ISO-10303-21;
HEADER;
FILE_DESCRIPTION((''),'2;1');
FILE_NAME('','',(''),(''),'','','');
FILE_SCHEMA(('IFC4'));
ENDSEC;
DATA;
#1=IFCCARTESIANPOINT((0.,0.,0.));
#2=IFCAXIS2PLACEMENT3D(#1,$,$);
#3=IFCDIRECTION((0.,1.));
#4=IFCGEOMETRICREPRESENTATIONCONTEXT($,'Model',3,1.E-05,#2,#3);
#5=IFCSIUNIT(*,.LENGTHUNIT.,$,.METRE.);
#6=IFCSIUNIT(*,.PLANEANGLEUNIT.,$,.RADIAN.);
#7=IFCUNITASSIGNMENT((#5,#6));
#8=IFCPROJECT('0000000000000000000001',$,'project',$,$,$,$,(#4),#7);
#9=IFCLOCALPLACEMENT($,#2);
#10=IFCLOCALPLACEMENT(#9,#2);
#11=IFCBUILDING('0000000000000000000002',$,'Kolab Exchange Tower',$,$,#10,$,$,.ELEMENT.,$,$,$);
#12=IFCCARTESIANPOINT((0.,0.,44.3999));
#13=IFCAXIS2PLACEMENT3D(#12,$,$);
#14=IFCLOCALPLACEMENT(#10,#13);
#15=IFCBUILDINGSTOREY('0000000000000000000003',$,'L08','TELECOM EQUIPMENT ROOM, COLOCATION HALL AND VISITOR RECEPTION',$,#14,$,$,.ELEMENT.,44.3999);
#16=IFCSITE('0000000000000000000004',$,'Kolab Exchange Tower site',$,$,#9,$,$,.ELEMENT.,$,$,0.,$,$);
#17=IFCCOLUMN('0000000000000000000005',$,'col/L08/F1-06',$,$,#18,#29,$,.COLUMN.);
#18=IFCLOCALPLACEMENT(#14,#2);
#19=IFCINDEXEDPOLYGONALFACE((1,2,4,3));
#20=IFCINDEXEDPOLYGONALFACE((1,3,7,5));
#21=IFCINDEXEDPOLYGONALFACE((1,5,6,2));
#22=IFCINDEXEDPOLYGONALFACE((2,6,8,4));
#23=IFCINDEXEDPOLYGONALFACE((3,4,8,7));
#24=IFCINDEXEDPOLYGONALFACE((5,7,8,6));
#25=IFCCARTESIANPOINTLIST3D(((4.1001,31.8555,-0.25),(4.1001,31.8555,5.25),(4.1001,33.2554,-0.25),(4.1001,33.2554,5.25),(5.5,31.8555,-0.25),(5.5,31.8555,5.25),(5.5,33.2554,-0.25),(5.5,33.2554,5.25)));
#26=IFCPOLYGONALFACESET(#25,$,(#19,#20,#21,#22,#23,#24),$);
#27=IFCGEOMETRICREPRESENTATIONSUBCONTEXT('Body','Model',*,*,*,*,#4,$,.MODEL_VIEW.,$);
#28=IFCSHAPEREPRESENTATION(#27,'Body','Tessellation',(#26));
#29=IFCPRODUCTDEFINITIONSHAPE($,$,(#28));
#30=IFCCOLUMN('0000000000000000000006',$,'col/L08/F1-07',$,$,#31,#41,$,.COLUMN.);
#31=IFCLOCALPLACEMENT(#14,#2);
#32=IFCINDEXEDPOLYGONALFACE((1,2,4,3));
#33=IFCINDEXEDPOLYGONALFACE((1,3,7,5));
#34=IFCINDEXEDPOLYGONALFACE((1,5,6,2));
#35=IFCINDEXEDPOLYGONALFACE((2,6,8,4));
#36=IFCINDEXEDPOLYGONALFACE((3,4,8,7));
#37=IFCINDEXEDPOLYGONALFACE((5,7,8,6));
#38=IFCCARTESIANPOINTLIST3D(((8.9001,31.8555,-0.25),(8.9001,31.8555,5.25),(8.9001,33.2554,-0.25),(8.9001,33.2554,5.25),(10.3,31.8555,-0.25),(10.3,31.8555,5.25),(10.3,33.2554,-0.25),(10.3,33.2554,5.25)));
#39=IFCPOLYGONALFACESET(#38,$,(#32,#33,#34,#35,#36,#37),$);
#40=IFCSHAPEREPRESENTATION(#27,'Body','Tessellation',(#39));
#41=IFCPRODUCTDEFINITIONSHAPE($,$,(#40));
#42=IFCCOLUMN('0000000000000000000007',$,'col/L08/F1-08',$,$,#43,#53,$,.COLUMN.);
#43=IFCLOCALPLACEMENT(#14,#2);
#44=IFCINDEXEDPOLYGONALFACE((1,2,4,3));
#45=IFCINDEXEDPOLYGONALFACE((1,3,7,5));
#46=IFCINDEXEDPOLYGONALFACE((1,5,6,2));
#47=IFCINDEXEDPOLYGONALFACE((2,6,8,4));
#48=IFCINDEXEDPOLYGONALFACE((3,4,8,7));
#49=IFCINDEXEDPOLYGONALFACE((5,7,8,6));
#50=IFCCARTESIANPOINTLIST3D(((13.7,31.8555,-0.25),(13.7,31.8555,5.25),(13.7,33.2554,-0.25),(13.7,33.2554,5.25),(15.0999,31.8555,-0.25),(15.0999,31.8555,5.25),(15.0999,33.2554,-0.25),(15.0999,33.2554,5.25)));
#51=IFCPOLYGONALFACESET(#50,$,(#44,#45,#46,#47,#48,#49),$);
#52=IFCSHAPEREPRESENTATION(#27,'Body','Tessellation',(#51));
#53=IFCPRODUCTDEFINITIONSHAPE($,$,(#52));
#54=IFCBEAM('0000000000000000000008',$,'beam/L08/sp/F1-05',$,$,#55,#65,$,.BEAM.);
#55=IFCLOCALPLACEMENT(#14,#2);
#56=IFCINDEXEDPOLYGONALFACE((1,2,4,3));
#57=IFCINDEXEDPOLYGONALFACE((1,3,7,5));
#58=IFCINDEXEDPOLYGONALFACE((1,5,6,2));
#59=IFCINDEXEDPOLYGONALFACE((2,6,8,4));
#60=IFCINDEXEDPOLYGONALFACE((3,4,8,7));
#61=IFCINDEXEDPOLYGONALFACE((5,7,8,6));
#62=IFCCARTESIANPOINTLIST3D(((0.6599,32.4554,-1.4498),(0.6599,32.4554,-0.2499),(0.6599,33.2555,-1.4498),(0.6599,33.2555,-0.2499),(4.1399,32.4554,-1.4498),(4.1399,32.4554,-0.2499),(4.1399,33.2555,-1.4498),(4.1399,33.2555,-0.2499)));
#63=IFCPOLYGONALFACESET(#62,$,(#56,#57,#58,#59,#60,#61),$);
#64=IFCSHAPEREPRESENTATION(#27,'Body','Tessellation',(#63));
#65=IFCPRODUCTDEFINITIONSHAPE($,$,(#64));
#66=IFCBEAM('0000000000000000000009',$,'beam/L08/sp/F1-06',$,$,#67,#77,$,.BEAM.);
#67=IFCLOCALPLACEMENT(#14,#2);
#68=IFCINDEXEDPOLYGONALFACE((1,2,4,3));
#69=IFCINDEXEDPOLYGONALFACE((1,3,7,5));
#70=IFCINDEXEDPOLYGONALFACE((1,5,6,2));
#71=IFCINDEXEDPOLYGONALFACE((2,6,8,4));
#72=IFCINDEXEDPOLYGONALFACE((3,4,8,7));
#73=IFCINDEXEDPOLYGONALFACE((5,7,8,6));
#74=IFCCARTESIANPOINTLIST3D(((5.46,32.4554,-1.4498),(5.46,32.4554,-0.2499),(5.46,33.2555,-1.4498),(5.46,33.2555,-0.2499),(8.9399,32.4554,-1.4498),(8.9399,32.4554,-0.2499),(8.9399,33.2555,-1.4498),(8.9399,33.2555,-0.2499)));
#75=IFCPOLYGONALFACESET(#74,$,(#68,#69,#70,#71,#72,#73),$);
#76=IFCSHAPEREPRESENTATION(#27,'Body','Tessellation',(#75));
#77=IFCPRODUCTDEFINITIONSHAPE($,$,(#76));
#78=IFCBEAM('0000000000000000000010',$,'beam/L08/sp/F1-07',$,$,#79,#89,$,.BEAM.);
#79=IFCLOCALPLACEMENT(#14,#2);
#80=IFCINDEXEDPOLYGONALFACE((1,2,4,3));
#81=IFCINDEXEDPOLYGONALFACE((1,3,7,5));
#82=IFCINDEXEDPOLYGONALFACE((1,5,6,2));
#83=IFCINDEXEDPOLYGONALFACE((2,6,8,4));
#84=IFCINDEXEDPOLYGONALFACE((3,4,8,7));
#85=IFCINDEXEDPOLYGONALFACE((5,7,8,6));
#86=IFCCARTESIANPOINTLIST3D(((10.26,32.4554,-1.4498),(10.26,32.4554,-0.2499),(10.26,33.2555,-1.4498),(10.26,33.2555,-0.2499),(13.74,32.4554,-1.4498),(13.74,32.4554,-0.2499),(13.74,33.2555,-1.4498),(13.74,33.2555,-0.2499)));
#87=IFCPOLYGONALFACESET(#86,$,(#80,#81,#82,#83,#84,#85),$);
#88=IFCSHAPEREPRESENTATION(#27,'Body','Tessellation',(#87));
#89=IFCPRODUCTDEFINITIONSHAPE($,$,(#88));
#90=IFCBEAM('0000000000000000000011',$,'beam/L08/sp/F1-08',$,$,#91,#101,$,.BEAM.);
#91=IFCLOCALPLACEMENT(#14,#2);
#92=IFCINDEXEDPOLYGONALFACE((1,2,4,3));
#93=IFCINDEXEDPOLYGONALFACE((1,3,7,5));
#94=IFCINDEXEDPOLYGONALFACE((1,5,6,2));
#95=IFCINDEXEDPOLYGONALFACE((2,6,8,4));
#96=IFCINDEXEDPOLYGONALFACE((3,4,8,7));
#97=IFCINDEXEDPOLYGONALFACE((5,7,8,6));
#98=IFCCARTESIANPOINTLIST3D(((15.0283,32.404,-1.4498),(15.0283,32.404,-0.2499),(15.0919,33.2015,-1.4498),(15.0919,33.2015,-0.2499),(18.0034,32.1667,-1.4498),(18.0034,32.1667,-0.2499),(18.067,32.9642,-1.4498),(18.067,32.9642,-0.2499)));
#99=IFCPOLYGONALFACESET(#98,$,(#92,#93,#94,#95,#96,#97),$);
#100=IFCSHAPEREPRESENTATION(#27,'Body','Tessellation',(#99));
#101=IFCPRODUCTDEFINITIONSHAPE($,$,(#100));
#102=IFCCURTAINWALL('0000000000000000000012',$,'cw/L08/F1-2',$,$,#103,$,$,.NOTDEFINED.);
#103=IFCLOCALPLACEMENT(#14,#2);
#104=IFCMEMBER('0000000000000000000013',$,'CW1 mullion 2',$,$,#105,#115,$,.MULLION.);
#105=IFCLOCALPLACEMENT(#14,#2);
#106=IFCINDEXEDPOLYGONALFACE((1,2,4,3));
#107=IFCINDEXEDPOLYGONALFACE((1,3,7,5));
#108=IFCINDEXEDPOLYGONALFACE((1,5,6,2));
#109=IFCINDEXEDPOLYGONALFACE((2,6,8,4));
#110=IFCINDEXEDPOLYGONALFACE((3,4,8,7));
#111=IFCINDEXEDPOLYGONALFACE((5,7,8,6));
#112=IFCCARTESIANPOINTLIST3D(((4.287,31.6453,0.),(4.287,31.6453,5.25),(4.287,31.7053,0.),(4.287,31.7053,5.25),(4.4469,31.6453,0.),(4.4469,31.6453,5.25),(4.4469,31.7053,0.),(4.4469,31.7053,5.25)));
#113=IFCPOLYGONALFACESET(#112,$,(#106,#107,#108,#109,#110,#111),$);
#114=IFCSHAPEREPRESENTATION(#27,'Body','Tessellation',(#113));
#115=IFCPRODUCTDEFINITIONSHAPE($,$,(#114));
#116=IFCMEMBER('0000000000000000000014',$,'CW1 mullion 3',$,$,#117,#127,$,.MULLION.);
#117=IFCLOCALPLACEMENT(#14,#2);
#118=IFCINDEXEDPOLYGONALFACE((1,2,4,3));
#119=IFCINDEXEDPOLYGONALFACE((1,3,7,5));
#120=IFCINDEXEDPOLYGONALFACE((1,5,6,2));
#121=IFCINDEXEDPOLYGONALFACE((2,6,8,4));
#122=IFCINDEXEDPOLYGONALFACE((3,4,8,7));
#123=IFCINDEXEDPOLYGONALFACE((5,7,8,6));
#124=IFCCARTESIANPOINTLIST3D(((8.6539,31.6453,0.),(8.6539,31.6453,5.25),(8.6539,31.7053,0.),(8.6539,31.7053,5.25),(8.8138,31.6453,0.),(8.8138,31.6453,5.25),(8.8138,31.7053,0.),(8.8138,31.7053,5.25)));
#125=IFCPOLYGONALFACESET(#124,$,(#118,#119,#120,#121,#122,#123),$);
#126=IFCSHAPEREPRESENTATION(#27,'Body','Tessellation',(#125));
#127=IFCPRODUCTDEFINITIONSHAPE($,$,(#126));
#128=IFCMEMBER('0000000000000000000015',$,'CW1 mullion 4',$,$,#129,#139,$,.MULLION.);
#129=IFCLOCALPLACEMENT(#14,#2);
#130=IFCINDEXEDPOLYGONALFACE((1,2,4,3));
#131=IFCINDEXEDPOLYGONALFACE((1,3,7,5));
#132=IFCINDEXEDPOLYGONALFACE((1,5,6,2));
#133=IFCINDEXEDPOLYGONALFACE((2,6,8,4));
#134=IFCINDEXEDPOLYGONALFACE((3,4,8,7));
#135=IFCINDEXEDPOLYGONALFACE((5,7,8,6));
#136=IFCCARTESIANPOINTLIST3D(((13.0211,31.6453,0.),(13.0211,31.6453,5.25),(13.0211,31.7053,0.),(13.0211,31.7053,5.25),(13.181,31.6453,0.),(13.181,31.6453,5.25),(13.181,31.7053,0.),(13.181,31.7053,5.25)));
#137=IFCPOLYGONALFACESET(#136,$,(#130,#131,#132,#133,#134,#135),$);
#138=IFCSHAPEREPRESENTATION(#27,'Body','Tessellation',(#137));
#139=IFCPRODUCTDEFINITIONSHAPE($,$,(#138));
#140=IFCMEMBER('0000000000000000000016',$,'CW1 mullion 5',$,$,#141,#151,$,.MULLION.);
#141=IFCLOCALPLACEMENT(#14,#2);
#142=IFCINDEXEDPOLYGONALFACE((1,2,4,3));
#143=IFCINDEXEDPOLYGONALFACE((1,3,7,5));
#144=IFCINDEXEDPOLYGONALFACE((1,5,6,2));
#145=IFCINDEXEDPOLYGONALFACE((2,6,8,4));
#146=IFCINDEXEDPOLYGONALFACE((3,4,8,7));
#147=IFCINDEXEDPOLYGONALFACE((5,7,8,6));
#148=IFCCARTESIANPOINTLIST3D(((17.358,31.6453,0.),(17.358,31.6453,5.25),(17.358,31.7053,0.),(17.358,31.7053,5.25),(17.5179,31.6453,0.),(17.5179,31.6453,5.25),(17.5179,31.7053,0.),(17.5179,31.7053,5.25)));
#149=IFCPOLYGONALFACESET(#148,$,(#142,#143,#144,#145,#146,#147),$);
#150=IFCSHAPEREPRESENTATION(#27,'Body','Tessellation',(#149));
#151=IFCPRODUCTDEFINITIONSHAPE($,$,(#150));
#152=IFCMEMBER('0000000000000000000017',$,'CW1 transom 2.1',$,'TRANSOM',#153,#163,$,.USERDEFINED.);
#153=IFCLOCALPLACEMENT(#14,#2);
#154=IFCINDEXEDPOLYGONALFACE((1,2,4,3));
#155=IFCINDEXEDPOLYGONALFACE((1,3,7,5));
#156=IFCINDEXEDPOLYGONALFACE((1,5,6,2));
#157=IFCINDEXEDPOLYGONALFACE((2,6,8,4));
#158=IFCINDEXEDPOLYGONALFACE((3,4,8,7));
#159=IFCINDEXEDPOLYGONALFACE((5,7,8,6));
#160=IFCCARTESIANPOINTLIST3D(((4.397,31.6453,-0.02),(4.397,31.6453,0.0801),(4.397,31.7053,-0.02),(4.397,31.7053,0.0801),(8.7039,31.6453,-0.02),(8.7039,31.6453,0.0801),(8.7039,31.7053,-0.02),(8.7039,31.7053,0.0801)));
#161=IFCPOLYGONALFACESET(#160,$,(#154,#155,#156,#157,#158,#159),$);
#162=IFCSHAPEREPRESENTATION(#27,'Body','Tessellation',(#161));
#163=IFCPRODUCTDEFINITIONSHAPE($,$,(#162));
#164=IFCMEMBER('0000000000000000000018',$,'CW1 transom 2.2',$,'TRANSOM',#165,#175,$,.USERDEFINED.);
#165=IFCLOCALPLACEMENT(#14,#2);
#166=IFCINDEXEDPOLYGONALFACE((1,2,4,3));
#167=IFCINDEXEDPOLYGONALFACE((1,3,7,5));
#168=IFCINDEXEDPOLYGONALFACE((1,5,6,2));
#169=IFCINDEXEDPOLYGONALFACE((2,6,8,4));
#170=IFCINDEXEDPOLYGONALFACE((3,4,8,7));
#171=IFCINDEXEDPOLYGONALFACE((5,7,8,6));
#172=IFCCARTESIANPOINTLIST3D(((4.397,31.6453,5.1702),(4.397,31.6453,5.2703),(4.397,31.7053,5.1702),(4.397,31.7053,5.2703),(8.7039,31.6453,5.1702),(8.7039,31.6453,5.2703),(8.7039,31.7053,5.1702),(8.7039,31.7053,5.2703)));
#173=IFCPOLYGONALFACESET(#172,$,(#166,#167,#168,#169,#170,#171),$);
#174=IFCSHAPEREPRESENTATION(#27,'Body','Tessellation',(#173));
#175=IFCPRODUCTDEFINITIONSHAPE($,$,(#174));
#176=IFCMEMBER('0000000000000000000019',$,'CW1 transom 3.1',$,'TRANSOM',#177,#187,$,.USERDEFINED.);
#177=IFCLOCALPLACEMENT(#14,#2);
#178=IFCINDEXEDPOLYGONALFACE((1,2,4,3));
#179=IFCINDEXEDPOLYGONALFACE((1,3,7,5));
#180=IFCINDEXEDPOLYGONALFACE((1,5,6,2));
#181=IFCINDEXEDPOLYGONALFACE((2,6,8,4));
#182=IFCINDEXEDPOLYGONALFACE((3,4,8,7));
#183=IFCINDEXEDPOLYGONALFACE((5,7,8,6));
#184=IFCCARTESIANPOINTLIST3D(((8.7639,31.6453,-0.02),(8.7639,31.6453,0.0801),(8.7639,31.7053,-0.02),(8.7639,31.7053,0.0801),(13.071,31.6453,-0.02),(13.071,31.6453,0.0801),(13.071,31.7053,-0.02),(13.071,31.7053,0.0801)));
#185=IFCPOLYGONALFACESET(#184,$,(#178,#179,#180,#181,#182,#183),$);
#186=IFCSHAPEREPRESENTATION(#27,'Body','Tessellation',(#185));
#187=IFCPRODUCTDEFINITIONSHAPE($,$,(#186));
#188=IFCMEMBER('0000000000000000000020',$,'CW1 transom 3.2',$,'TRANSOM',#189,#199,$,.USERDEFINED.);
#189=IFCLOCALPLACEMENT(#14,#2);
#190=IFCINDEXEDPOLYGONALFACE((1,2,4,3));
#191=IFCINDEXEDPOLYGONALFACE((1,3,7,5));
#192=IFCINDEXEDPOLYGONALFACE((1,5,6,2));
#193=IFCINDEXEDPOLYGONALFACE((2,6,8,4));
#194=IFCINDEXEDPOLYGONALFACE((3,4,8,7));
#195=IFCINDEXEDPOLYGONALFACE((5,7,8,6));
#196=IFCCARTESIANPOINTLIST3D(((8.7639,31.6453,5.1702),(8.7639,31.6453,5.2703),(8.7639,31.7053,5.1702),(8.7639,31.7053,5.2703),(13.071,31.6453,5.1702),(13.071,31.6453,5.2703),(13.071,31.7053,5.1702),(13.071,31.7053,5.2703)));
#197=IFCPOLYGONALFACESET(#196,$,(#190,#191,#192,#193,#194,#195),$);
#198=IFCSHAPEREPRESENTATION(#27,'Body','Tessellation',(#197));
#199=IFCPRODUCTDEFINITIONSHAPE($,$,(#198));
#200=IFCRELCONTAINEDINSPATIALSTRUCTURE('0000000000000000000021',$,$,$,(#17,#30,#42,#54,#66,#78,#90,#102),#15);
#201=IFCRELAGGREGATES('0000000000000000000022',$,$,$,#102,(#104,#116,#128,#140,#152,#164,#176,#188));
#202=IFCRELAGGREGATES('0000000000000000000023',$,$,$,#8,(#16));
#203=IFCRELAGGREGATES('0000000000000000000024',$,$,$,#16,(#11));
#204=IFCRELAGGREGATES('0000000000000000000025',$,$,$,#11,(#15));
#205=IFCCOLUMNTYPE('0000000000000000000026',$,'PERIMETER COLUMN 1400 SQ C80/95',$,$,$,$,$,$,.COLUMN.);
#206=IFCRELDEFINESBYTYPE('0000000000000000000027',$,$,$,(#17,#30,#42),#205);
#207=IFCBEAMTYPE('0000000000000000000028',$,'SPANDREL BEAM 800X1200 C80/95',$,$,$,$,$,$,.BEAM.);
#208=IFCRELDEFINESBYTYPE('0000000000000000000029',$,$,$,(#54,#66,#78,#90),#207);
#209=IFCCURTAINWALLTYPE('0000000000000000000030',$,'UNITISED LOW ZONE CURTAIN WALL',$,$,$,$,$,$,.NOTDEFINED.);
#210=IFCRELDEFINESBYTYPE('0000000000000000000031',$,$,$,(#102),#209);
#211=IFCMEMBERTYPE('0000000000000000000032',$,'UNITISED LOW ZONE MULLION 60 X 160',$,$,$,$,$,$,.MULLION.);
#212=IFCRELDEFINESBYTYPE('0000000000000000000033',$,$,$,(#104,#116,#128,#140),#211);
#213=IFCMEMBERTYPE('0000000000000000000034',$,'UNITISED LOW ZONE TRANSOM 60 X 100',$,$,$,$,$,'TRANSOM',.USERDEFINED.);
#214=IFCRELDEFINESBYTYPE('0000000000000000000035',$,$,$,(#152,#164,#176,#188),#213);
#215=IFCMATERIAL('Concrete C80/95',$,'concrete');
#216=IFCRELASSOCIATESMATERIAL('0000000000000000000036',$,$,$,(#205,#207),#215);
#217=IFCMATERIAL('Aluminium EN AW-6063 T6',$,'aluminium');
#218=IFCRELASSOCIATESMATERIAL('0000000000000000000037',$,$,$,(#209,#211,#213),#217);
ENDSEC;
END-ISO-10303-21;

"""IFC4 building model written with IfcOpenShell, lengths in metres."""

from ifc_helpers import new_model, si_unit, direction, frame, origin, origin_2d, place, context, subcontext, project, spatial, rectangle, extrude, material, material_profile, profile_set, type_object, element, aggregate, save


model = new_model("IFC4")

# Units and contexts
model_context = context("Model", 3, precision=1e-05, world=origin(), true_north=direction((0.0, 1.0)))
body_context = subcontext(model_context, "Body", "Model", "MODEL_VIEW")
ifc_project = project(units=[si_unit("LENGTHUNIT", "METRE"), si_unit("PLANEANGLEUNIT", "RADIAN")], contexts=[model_context])

# Site, building, storey
site_placement = place(None, origin())
site = spatial("IfcSite", under=ifc_project, at=site_placement, Name="Kolab Exchange Tower site", CompositionType="ELEMENT", RefElevation=0.0)
building_placement = place(site_placement, origin())
building = spatial("IfcBuilding", under=site, at=building_placement, Name="Kolab Exchange Tower", CompositionType="ELEMENT")
storey_placement = place(building_placement, frame((0.0, 0.0, 44.3999)))
storey = spatial("IfcBuildingStorey", under=building, at=storey_placement, Name="L08", Description="TELECOM EQUIPMENT ROOM, COLOCATION HALL AND VISITOR RECEPTION", CompositionType="ELEMENT", Elevation=44.3999)

# Columns
ifc_material_1 = material(Name="Concrete C80/95", Category="concrete")
ifc_material_profile_1 = material_profile(ifc_material_1, rectangle(XDim=1.3999, YDim=1.3999, at=origin_2d()), Name="RC1400")
ifc_profile_set_1 = profile_set([ifc_material_profile_1], Name="Concrete C80/95")
column_type = type_object("IfcColumnType", Name="PERIMETER COLUMN 1400 SQ C80/95", PredefinedType="COLUMN", material=ifc_profile_set_1)
for number, where, z_axis, x_axis, name in (
    (1, (4.8, 32.5554, -0.25), (0.0, 0.0, 1.0), (1.0, 0.0, 0.0), "col/L08/F1-06"),
    (2, (9.6001, 32.5554, -0.25), (0.0, 0.0, 1.0), (1.0, 0.0, 0.0), "col/L08/F1-07"),
    (3, (14.3999, 32.5554, -0.25), (0.0, 0.0, 1.0), (1.0, 0.0, 0.0), "col/L08/F1-08"),
):
    element("IfcColumn", number, at=place(storey_placement, frame(where, z_axis=z_axis, x_axis=x_axis)), inside=storey, type_object=column_type, Name=name, PredefinedType="COLUMN", context=body_context, shape_type="SweptSolid", body=[
        extrude(rectangle(XDim=1.3999, YDim=1.3999, at=origin_2d()), origin(), (0.0, 0.0, 1.0), 5.5),
    ])

# Beams
ifc_material_profile_2 = material_profile(ifc_material_1, rectangle(XDim=0.8, YDim=1.2, at=origin_2d()), Name="RC800X1200")
ifc_profile_set_2 = profile_set([ifc_material_profile_2], Name="Concrete C80/95")
beam_type = type_object("IfcBeamType", Name="SPANDREL BEAM 800X1200 C80/95", PredefinedType="BEAM", material=ifc_profile_set_2)
for number, where, z_axis, x_axis, name in (
    (4, (0.6599, 32.8555, -0.8499), (1.0, 0.0, 0.0), (0.0, 1.0, 0.0), "beam/L08/sp/F1-05"),
    (5, (5.46, 32.8555, -0.8499), (1.0, 0.0, 0.0), (0.0, 1.0, 0.0), "beam/L08/sp/F1-06"),
    (6, (10.26, 32.8555, -0.8499), (1.0, 0.0, 0.0), (0.0, 1.0, 0.0), "beam/L08/sp/F1-07"),
):
    element("IfcBeam", number, at=place(storey_placement, frame(where, z_axis=z_axis, x_axis=x_axis)), inside=storey, type_object=beam_type, Name=name, PredefinedType="BEAM", context=body_context, shape_type="SweptSolid", body=[
        extrude(rectangle(XDim=0.8, YDim=1.2, at=origin_2d()), origin(), (0.0, 0.0, 1.0), 3.48),
    ])
beam_placement = place(storey_placement, frame((15.0601, 32.8027, -0.8499), z_axis=(0.996834, -0.079511, 0.0), x_axis=(0.079511, 0.996834, 0.0)))
element("IfcBeam", 7, at=beam_placement, inside=storey, type_object=beam_type, Name="beam/L08/sp/F1-08", PredefinedType="BEAM", context=body_context, shape_type="SweptSolid", body=[
    extrude(rectangle(XDim=0.8, YDim=1.2, at=origin_2d()), origin(), (0.0, 0.0, 1.0), 2.9846),
])

# Curtain wall, members
ifc_material_2 = material(Name="Aluminium EN AW-6063 T6", Category="aluminium")
curtain_wall_type = type_object("IfcCurtainWallType", Name="UNITISED LOW ZONE CURTAIN WALL", PredefinedType="NOTDEFINED", material=ifc_material_2)
curtain_wall_placement = place(storey_placement, origin())
curtain_wall = element("IfcCurtainWall", 8, at=curtain_wall_placement, inside=storey, type_object=curtain_wall_type, Name="cw/L08/F1-2", PredefinedType="NOTDEFINED")
ifc_material_profile_3 = material_profile(ifc_material_2, rectangle(XDim=0.0601, YDim=0.1599, at=origin_2d()), Name="RECT 60X160")
ifc_profile_set_3 = profile_set([ifc_material_profile_3], Name="Aluminium EN AW-6063 T6")
member_type_1 = type_object("IfcMemberType", Name="UNITISED LOW ZONE MULLION 60 X 160", PredefinedType="MULLION", material=ifc_profile_set_3)
member_1_placement = place(storey_placement, frame((4.3669, 31.6753, 0.0), z_axis=(0.0, 0.0, 1.0), x_axis=(0.0, 1.0, 0.0)))
member_1 = element("IfcMember", 9, at=member_1_placement, type_object=member_type_1, Name="CW1 mullion 2", PredefinedType="MULLION", context=body_context, shape_type="SweptSolid", body=[
    extrude(rectangle(XDim=0.0601, YDim=0.1599, at=origin_2d()), origin(), (0.0, 0.0, 1.0), 5.25),
])
member_2_placement = place(storey_placement, frame((8.7339, 31.6753, 0.0), z_axis=(0.0, 0.0, 1.0), x_axis=(0.0, 1.0, 0.0)))
member_2 = element("IfcMember", 10, at=member_2_placement, type_object=member_type_1, Name="CW1 mullion 3", PredefinedType="MULLION", context=body_context, shape_type="SweptSolid", body=[
    extrude(rectangle(XDim=0.0601, YDim=0.1599, at=origin_2d()), origin(), (0.0, 0.0, 1.0), 5.25),
])
member_3_placement = place(storey_placement, frame((13.1011, 31.6753, 0.0), z_axis=(0.0, 0.0, 1.0), x_axis=(0.0, 1.0, 0.0)))
member_3 = element("IfcMember", 11, at=member_3_placement, type_object=member_type_1, Name="CW1 mullion 4", PredefinedType="MULLION", context=body_context, shape_type="SweptSolid", body=[
    extrude(rectangle(XDim=0.0601, YDim=0.1599, at=origin_2d()), origin(), (0.0, 0.0, 1.0), 5.25),
])
member_4_placement = place(storey_placement, frame((17.438, 31.6753, 0.0), z_axis=(0.0, 0.0, 1.0), x_axis=(0.0, 1.0, 0.0)))
member_4 = element("IfcMember", 12, at=member_4_placement, type_object=member_type_1, Name="CW1 mullion 5", PredefinedType="MULLION", context=body_context, shape_type="SweptSolid", body=[
    extrude(rectangle(XDim=0.0601, YDim=0.1599, at=origin_2d()), origin(), (0.0, 0.0, 1.0), 5.25),
])
ifc_material_profile_4 = material_profile(ifc_material_2, rectangle(XDim=0.0601, YDim=0.1001, at=origin_2d()), Name="RECT 60X100")
ifc_profile_set_4 = profile_set([ifc_material_profile_4], Name="Aluminium EN AW-6063 T6")
member_type_2 = type_object("IfcMemberType", Name="UNITISED LOW ZONE TRANSOM 60 X 100", ElementType="TRANSOM", PredefinedType="USERDEFINED", material=ifc_profile_set_4)
member_5_placement = place(storey_placement, frame((4.397, 31.6753, 0.03), z_axis=(1.0, 0.0, 0.0), x_axis=(0.0, 1.0, 0.0)))
member_5 = element("IfcMember", 13, at=member_5_placement, type_object=member_type_2, Name="CW1 transom 2.1", ObjectType="TRANSOM", PredefinedType="USERDEFINED", context=body_context, shape_type="SweptSolid", body=[
    extrude(rectangle(XDim=0.0601, YDim=0.1001, at=origin_2d()), origin(), (0.0, 0.0, 1.0), 4.3069),
])
member_6_placement = place(storey_placement, frame((4.397, 31.6753, 5.2202), z_axis=(1.0, 0.0, 0.0), x_axis=(0.0, 1.0, 0.0)))
member_6 = element("IfcMember", 14, at=member_6_placement, type_object=member_type_2, Name="CW1 transom 2.2", ObjectType="TRANSOM", PredefinedType="USERDEFINED", context=body_context, shape_type="SweptSolid", body=[
    extrude(rectangle(XDim=0.0601, YDim=0.1001, at=origin_2d()), origin(), (0.0, 0.0, 1.0), 4.3069),
])
member_7_placement = place(storey_placement, frame((8.7639, 31.6753, 0.03), z_axis=(1.0, 0.0, 0.0), x_axis=(0.0, 1.0, 0.0)))
member_7 = element("IfcMember", 15, at=member_7_placement, type_object=member_type_2, Name="CW1 transom 3.1", ObjectType="TRANSOM", PredefinedType="USERDEFINED", context=body_context, shape_type="SweptSolid", body=[
    extrude(rectangle(XDim=0.0601, YDim=0.1001, at=origin_2d()), origin(), (0.0, 0.0, 1.0), 4.3071),
])
member_8_placement = place(storey_placement, frame((8.7639, 31.6753, 5.2202), z_axis=(1.0, 0.0, 0.0), x_axis=(0.0, 1.0, 0.0)))
member_8 = element("IfcMember", 16, at=member_8_placement, type_object=member_type_2, Name="CW1 transom 3.2", ObjectType="TRANSOM", PredefinedType="USERDEFINED", context=body_context, shape_type="SweptSolid", body=[
    extrude(rectangle(XDim=0.0601, YDim=0.1001, at=origin_2d()), origin(), (0.0, 0.0, 1.0), 4.3071),
])
aggregate(curtain_wall, [member_1, member_2, member_3, member_4, member_5, member_6, member_7, member_8])

save(model, "model.ifc")
